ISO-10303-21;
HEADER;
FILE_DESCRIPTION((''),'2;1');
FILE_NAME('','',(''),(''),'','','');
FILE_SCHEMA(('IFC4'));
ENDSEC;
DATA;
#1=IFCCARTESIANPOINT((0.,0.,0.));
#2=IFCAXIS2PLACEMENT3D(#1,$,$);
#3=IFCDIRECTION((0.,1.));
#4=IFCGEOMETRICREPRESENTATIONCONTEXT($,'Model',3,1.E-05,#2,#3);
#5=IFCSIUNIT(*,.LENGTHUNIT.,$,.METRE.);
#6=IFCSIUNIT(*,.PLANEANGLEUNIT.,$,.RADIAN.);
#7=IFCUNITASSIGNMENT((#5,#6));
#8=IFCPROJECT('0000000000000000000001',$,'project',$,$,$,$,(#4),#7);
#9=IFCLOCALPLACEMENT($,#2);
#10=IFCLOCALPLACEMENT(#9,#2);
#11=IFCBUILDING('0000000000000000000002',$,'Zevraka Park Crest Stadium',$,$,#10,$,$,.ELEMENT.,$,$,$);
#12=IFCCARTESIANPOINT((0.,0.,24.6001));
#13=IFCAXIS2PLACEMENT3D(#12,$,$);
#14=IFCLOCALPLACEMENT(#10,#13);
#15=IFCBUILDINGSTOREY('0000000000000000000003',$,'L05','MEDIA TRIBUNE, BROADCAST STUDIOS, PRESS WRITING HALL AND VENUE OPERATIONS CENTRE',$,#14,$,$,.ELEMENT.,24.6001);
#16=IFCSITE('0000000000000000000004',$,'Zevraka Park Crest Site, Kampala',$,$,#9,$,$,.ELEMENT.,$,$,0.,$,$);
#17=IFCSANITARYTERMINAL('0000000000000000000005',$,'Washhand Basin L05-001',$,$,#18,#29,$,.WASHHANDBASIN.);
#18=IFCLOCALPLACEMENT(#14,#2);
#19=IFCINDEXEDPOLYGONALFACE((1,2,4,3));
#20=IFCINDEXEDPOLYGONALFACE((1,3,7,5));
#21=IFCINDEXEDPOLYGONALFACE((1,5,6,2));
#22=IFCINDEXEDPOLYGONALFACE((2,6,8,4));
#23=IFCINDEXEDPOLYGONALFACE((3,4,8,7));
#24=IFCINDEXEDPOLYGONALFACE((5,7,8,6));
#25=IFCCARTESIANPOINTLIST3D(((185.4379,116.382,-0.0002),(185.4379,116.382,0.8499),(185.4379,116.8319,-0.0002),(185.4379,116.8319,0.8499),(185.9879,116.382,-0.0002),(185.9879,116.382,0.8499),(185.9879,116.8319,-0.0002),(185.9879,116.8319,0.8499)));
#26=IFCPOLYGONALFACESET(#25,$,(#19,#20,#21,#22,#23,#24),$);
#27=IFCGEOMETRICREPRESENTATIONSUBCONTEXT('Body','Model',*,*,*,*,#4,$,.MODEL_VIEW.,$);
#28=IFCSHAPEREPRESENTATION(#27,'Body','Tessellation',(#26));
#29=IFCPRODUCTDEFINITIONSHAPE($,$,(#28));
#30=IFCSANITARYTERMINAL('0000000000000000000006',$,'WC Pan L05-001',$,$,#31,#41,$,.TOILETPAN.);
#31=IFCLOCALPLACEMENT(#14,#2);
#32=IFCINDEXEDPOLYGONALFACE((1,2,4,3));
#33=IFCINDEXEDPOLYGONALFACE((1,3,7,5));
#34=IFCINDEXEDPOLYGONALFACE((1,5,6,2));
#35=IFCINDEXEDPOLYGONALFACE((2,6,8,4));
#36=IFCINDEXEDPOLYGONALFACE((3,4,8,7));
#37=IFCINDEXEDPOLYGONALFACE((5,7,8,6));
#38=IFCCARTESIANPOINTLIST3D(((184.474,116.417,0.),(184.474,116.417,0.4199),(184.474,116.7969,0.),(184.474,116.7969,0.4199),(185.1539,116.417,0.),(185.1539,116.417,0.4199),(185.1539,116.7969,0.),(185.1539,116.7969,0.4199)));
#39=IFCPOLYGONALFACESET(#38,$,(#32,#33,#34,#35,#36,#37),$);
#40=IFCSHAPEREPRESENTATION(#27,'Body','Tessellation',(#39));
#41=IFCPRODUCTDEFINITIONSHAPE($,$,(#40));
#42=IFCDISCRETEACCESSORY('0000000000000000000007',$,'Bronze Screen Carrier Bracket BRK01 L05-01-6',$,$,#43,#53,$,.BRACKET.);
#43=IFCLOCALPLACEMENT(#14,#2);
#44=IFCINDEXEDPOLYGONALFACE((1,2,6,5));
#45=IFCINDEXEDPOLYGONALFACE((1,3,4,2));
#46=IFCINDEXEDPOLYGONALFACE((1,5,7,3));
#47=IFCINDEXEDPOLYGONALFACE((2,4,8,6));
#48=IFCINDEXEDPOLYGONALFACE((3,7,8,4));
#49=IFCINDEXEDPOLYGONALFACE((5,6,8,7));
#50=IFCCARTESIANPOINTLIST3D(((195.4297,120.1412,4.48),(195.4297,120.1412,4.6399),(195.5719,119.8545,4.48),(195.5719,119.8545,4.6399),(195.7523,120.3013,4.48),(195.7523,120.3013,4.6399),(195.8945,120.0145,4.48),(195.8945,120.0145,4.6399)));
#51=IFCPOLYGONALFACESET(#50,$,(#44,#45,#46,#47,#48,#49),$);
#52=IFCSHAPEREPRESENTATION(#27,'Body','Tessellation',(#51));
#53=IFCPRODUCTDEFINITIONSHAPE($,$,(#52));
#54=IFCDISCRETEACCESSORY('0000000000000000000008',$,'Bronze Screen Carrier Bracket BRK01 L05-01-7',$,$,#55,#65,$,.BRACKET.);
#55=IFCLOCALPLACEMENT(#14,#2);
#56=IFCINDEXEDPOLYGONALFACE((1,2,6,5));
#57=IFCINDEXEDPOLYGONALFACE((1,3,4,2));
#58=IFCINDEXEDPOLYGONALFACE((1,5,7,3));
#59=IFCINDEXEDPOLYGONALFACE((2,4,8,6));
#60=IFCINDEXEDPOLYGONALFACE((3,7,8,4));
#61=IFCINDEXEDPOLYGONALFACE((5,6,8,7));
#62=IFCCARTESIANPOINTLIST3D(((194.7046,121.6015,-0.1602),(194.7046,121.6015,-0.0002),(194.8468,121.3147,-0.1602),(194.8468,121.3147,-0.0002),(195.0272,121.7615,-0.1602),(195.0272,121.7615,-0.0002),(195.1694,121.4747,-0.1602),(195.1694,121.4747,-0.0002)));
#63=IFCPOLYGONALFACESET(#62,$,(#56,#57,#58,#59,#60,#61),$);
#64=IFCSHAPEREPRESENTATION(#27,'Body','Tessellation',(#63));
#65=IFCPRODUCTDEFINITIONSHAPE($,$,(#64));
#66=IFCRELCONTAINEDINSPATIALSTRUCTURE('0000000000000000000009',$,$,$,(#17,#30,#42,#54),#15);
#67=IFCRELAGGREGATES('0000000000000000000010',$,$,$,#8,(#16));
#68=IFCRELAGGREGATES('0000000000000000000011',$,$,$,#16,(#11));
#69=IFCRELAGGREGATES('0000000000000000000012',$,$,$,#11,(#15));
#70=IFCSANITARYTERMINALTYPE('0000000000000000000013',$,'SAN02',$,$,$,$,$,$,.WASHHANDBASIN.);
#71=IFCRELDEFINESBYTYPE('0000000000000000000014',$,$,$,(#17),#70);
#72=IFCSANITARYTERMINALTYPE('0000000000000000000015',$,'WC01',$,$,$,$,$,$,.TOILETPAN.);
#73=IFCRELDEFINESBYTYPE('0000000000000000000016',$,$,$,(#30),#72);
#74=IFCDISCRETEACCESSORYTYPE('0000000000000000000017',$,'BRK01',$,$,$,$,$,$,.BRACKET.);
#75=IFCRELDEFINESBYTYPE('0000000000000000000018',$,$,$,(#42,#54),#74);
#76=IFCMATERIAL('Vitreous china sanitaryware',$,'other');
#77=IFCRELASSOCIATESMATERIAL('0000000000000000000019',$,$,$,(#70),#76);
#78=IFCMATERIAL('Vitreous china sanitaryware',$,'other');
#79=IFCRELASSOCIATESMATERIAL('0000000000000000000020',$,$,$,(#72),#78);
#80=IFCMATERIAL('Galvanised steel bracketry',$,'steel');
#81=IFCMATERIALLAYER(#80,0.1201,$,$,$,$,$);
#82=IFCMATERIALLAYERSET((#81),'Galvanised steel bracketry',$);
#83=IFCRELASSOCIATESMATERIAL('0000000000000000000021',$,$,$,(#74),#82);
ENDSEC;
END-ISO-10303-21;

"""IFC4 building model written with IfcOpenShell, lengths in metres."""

from ifc_helpers import new_model, si_unit, direction, frame, origin, origin_2d, place, context, subcontext, project, spatial, rectangle, extrude, material, layer, layer_set, type_object, element, save


model = new_model("IFC4")

# Units and contexts
model_context = context("Model", 3, precision=1e-05, world=origin(), true_north=direction((0.0, 1.0)))
body_context = subcontext(model_context, "Body", "Model", "MODEL_VIEW")
ifc_project = project(units=[si_unit("LENGTHUNIT", "METRE"), si_unit("PLANEANGLEUNIT", "RADIAN")], contexts=[model_context])

# Site, building, storey
site_placement = place(None, origin())
site = spatial("IfcSite", under=ifc_project, at=site_placement, Name="Zevraka Park Crest Site, Kampala", CompositionType="ELEMENT", RefElevation=0.0)
building_placement = place(site_placement, origin())
building = spatial("IfcBuilding", under=site, at=building_placement, Name="Zevraka Park Crest Stadium", CompositionType="ELEMENT")
storey_placement = place(building_placement, frame((0.0, 0.0, 24.6001)))
storey = spatial("IfcBuildingStorey", under=building, at=storey_placement, Name="L05", Description="MEDIA TRIBUNE, BROADCAST STUDIOS, PRESS WRITING HALL AND VENUE OPERATIONS CENTRE", CompositionType="ELEMENT", Elevation=24.6001)

# Sanitary terminals
ifc_material_1 = material(Name="Vitreous china sanitaryware", Category="other")
sanitary_terminal_type_1 = type_object("IfcSanitaryTerminalType", Name="SAN02", PredefinedType="WASHHANDBASIN", material=ifc_material_1)
sanitary_terminal_1_placement = place(storey_placement, frame((185.7129, 116.6069, -0.0002), z_axis=(0.0, 0.0, 1.0), x_axis=(1.0, 0.0, 0.0)))
element("IfcSanitaryTerminal", 1, at=sanitary_terminal_1_placement, inside=storey, type_object=sanitary_terminal_type_1, Name="Washhand Basin L05-001", PredefinedType="WASHHANDBASIN", context=body_context, shape_type="SweptSolid", body=[
    extrude(rectangle(XDim=0.55, YDim=0.45, at=origin_2d()), origin(), (0.0, 0.0, 1.0), 0.8501),
])
ifc_material_2 = material(Name="Vitreous china sanitaryware", Category="other")
sanitary_terminal_type_2 = type_object("IfcSanitaryTerminalType", Name="WC01", PredefinedType="TOILETPAN", material=ifc_material_2)
sanitary_terminal_2_placement = place(storey_placement, frame((184.814, 116.6069, 0.0), z_axis=(0.0, 0.0, 1.0), x_axis=(1.0, 0.0, 0.0)))
element("IfcSanitaryTerminal", 2, at=sanitary_terminal_2_placement, inside=storey, type_object=sanitary_terminal_type_2, Name="WC Pan L05-001", PredefinedType="TOILETPAN", context=body_context, shape_type="SweptSolid", body=[
    extrude(rectangle(XDim=0.6799, YDim=0.3799, at=origin_2d()), origin(), (0.0, 0.0, 1.0), 0.4199),
])

# Discrete accessories
ifc_material_3 = material(Name="Galvanised steel bracketry", Category="steel")
ifc_layer_1 = layer(ifc_material_3, 0.1201)
ifc_layer_set_1 = layer_set([ifc_layer_1], Name="Galvanised steel bracketry")
discrete_accessory_type = type_object("IfcDiscreteAccessoryType", Name="BRK01", PredefinedType="BRACKET", material=ifc_layer_set_1)
for number, where, z_axis, x_axis, name in (
    (3, (195.6621, 120.0779, 4.48), (0.0, 0.0, 1.0), (-0.444322, 0.895867, 0.0), "Bronze Screen Carrier Bracket BRK01 L05-01-6"),
    (4, (194.937, 121.5381, -0.1602), (0.0, 0.0, 1.0), (-0.444322, 0.895867, 0.0), "Bronze Screen Carrier Bracket BRK01 L05-01-7"),
):
    element("IfcDiscreteAccessory", number, at=place(storey_placement, frame(where, z_axis=z_axis, x_axis=x_axis)), inside=storey, type_object=discrete_accessory_type, Name=name, PredefinedType="BRACKET", context=body_context, shape_type="SweptSolid", body=[
        extrude(rectangle(XDim=0.3201, YDim=0.3601, at=origin_2d()), origin(), (0.0, 0.0, 1.0), 0.1599),
    ])

save(model, "model.ifc")
